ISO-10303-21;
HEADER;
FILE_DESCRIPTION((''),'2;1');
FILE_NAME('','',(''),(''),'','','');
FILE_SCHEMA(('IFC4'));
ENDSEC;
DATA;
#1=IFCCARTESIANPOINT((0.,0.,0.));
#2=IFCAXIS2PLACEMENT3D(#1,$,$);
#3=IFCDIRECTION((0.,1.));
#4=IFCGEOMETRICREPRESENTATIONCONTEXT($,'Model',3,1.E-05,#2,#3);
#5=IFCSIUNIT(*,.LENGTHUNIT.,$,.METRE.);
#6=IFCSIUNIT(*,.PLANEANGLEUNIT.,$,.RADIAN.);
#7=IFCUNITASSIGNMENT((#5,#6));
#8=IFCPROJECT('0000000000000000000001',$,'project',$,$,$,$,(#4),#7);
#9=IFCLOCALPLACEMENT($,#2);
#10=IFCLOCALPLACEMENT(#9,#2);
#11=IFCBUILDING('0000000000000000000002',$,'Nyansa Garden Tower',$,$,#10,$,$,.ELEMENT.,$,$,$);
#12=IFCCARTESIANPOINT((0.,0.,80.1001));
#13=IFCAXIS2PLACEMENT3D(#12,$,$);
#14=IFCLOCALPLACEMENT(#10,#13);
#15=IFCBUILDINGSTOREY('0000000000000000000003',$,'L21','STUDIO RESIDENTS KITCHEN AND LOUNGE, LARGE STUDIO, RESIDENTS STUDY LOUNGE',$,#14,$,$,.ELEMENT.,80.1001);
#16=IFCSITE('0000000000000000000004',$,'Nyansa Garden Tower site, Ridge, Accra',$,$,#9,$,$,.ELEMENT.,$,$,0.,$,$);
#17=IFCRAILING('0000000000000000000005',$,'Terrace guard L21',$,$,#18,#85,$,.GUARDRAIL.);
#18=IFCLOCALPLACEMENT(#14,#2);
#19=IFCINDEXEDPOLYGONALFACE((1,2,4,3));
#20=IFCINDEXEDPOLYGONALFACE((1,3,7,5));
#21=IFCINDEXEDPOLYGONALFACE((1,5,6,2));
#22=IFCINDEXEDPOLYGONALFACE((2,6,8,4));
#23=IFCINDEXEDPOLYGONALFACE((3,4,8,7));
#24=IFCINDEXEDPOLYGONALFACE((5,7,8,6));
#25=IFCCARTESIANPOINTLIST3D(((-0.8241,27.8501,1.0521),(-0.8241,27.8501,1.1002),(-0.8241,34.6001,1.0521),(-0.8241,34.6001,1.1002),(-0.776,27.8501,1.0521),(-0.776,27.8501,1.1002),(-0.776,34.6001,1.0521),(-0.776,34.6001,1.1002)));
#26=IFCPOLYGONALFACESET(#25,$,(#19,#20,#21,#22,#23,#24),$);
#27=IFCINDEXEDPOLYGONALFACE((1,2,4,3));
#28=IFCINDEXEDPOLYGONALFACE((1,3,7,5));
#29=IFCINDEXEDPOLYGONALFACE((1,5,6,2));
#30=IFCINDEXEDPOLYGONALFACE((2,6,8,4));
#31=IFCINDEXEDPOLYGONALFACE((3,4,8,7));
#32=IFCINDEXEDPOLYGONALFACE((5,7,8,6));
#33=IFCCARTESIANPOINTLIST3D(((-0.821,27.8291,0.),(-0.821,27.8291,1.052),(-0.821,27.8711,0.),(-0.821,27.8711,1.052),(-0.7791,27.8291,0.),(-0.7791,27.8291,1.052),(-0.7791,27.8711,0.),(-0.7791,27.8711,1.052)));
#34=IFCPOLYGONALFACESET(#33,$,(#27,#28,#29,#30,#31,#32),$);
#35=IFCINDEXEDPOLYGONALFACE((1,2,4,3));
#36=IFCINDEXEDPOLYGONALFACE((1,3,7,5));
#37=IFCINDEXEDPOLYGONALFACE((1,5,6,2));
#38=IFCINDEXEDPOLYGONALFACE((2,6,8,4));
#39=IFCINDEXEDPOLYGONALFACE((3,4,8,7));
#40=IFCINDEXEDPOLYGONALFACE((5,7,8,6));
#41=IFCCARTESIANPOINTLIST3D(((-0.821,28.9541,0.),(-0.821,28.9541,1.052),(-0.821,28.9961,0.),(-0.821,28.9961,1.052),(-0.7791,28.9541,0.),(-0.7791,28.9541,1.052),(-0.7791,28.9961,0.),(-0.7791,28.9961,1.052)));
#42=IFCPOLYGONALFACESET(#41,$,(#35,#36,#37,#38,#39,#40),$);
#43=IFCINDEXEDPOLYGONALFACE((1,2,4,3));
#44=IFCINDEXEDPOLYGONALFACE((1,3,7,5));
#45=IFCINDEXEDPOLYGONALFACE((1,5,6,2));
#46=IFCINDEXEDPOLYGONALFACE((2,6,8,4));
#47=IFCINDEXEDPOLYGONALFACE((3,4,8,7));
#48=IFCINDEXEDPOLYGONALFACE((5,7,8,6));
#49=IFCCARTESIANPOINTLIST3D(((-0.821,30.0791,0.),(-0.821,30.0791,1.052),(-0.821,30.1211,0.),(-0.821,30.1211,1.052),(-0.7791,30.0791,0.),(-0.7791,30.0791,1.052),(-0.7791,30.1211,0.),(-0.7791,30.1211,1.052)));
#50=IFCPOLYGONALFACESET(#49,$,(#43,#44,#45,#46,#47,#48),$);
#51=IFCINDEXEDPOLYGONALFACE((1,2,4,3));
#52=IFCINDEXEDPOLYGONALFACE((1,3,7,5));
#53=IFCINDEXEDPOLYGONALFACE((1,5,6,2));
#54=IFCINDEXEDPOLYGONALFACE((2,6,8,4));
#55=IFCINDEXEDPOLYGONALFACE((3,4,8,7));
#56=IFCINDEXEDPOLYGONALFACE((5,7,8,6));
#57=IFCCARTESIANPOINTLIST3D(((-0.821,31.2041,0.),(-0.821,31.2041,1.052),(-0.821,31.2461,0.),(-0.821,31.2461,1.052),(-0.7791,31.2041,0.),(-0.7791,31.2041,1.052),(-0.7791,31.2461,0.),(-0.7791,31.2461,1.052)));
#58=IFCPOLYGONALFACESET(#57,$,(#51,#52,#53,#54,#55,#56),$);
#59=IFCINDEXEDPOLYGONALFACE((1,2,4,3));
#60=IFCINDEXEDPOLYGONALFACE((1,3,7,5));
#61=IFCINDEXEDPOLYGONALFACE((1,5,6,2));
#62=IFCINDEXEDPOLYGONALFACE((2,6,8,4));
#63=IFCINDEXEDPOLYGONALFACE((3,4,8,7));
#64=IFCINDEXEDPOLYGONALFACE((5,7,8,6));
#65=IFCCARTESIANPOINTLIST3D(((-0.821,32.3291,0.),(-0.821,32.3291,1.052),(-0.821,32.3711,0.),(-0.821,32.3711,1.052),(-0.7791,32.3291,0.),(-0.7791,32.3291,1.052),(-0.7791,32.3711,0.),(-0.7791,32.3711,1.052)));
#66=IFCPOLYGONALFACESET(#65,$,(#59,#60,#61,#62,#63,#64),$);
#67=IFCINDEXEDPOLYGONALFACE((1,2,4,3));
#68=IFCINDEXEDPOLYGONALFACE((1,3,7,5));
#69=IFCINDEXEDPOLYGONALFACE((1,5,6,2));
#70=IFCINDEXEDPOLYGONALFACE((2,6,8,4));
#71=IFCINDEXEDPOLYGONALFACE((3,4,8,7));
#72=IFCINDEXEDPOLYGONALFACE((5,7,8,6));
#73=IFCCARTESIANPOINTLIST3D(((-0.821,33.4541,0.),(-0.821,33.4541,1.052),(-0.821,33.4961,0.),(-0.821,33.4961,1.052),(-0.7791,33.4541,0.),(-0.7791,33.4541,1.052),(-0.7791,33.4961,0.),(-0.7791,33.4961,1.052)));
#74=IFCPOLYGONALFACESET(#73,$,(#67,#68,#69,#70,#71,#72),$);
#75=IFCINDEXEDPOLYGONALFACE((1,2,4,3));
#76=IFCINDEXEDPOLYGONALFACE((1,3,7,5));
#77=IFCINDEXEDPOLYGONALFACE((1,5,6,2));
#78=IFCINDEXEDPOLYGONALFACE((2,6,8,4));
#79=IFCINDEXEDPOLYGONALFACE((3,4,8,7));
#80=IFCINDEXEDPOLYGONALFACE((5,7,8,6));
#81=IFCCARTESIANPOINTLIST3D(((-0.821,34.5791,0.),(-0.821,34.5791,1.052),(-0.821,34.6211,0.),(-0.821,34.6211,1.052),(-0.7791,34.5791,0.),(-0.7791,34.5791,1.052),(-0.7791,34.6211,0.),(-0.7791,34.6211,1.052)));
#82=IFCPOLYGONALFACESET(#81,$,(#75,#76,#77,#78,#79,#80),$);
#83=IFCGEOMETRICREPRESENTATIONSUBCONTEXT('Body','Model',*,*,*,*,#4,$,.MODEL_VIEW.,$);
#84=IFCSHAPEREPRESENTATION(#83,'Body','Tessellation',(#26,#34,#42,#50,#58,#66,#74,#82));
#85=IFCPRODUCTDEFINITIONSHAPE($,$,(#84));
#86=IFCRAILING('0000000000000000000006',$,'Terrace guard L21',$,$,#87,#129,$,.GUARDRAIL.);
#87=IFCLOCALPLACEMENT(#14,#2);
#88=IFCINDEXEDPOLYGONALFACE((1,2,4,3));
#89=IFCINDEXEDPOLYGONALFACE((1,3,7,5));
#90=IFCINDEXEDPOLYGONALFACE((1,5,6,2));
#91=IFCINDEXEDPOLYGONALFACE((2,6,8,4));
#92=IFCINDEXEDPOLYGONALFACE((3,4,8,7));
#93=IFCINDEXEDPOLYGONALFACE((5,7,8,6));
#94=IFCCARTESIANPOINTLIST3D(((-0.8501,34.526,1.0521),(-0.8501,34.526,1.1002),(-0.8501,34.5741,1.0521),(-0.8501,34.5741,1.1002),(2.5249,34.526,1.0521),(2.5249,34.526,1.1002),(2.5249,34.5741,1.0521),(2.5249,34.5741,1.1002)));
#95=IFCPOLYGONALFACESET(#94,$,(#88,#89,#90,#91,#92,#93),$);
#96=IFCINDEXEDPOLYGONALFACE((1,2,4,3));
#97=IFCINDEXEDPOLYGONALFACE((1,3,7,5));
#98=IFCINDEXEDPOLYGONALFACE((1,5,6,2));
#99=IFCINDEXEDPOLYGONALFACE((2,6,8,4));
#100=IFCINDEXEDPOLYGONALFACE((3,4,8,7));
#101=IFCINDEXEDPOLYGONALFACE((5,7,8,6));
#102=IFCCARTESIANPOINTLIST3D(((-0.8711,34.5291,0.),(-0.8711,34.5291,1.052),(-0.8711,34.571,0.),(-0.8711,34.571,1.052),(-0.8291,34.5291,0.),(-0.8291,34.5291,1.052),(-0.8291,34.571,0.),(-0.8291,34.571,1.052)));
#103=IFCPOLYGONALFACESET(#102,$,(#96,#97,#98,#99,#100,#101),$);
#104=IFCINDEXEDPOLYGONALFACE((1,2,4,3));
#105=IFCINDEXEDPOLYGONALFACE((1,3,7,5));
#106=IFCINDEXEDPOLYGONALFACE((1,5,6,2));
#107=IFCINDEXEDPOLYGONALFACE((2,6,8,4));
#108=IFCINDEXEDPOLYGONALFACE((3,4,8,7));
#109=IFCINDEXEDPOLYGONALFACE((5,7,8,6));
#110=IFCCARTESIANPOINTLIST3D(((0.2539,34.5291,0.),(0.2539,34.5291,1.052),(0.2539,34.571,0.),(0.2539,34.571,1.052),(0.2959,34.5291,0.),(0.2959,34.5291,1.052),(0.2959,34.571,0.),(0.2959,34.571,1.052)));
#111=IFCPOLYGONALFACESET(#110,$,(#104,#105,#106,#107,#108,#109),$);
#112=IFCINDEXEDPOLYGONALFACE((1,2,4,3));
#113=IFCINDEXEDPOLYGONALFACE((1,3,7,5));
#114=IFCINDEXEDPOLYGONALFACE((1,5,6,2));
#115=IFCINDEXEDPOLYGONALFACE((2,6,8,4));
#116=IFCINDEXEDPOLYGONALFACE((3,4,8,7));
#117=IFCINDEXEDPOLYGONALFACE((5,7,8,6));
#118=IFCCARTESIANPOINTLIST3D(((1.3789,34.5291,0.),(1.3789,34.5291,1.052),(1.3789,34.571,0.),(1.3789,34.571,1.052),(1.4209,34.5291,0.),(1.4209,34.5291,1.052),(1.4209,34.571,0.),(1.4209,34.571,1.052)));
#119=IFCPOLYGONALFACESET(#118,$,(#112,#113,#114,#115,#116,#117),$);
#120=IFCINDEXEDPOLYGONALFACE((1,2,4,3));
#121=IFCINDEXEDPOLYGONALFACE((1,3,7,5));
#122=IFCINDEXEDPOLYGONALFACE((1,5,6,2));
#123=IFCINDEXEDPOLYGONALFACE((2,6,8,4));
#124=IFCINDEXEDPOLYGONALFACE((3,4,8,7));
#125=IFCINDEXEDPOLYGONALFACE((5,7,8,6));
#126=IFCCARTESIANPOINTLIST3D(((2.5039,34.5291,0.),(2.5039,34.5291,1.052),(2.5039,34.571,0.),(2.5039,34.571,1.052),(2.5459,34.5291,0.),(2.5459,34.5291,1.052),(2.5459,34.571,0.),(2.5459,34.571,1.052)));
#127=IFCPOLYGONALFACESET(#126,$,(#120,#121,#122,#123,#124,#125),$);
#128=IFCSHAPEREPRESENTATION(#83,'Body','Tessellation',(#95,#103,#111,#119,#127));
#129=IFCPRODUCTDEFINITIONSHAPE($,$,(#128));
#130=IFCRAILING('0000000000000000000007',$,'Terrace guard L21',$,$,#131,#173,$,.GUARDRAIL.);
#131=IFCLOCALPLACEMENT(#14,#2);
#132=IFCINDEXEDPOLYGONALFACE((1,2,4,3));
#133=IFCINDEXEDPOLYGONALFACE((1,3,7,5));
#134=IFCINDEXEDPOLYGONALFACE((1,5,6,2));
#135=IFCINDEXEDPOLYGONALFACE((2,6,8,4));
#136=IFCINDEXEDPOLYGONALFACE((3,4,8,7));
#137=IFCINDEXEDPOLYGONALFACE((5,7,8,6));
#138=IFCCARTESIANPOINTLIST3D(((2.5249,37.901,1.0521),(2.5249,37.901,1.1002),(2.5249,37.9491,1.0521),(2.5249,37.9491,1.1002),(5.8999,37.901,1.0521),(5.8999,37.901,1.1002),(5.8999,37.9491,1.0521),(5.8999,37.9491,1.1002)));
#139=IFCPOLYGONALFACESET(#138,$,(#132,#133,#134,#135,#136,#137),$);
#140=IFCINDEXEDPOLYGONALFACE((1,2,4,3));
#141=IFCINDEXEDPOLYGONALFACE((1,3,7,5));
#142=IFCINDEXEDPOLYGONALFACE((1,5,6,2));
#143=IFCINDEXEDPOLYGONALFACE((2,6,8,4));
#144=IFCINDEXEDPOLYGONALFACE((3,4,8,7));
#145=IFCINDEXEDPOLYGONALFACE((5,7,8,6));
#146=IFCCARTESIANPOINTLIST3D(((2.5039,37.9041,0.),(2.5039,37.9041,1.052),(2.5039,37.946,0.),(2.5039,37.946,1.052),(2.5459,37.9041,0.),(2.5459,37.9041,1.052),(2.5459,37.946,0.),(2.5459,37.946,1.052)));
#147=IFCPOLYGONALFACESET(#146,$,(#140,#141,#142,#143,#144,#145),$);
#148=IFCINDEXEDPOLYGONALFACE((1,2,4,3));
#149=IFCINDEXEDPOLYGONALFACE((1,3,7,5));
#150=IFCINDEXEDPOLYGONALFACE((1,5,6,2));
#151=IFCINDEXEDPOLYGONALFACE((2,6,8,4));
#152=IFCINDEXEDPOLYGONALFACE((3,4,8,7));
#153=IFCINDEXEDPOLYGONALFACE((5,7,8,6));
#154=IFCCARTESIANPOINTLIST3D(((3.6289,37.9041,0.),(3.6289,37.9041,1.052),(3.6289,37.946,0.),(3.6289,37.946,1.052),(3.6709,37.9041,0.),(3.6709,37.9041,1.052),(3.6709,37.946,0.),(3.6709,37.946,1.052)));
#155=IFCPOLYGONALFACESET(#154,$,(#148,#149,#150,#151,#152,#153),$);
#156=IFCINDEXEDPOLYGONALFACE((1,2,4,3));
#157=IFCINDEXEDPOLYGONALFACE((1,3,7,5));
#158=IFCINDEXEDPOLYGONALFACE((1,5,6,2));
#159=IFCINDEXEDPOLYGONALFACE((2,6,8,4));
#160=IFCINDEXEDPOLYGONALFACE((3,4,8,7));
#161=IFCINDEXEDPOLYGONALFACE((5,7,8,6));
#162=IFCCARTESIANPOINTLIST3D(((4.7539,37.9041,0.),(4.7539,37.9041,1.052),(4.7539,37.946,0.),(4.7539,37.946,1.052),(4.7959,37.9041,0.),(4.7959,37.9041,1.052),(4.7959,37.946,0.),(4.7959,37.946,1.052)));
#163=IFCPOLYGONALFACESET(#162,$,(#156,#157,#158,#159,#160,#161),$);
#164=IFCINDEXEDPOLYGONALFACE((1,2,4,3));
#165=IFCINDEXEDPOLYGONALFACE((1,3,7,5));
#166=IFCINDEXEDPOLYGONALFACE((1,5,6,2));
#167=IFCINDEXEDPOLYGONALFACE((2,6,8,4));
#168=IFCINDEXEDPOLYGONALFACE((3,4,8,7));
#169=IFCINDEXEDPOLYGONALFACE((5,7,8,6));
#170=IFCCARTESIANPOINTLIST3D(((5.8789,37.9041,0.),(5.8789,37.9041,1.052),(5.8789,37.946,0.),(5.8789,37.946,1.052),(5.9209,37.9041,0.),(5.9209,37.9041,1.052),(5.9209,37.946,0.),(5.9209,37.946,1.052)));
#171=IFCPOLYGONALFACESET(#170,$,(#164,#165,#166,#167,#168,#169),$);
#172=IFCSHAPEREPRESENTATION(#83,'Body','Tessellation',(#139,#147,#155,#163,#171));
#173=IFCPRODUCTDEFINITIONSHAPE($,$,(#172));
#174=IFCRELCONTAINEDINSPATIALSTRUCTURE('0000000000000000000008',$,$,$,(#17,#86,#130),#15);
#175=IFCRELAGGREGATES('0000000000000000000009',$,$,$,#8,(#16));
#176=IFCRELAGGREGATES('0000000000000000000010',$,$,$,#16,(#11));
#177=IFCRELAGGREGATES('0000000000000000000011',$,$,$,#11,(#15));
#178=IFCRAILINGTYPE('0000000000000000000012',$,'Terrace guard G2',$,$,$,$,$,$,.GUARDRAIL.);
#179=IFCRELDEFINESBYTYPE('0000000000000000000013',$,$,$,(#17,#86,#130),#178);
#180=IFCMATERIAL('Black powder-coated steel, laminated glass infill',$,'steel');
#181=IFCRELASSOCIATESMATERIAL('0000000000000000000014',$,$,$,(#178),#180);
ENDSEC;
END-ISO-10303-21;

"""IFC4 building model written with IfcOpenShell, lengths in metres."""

from ifc_helpers import new_model, si_unit, direction, frame, origin, origin_2d, place, context, subcontext, project, spatial, rectangle, extrude, material, type_object, element, save


model = new_model("IFC4")

# Units and contexts
model_context = context("Model", 3, precision=1e-05, world=origin(), true_north=direction((0.0, 1.0)))
body_context = subcontext(model_context, "Body", "Model", "MODEL_VIEW")
ifc_project = project(units=[si_unit("LENGTHUNIT", "METRE"), si_unit("PLANEANGLEUNIT", "RADIAN")], contexts=[model_context])

# Site, building, storey
site_placement = place(None, origin())
site = spatial("IfcSite", under=ifc_project, at=site_placement, Name="Nyansa Garden Tower site, Ridge, Accra", CompositionType="ELEMENT", RefElevation=0.0)
building_placement = place(site_placement, origin())
building = spatial("IfcBuilding", under=site, at=building_placement, Name="Nyansa Garden Tower", CompositionType="ELEMENT")
storey_placement = place(building_placement, frame((0.0, 0.0, 80.1001)))
storey = spatial("IfcBuildingStorey", under=building, at=storey_placement, Name="L21", Description="STUDIO RESIDENTS KITCHEN AND LOUNGE, LARGE STUDIO, RESIDENTS STUDY LOUNGE", CompositionType="ELEMENT", Elevation=80.1001)

# Railings
ifc_material_1 = material(Name="Black powder-coated steel, laminated glass infill", Category="steel")
railing_type = type_object("IfcRailingType", Name="Terrace guard G2", PredefinedType="GUARDRAIL", material=ifc_material_1)
railing_1_placement = place(storey_placement, frame((-0.8, 27.8501, 0.0)))
element("IfcRailing", 1, at=railing_1_placement, inside=storey, type_object=railing_type, Name="Terrace guard L21", PredefinedType="GUARDRAIL", context=body_context, shape_type="SweptSolid", body=[
    extrude(rectangle(XDim=0.0481, YDim=0.0481, at=origin_2d()), frame((0.0, 0.0, 1.0762), z_axis=(0.0, 1.0, 0.0), x_axis=(-1.0, 0.0, 0.0)), (0.0, 0.0, 1.0), 6.75),
    extrude(rectangle(XDim=0.042, YDim=0.042, at=origin_2d()), origin(), (0.0, 0.0, 1.0), 1.052),
    extrude(rectangle(XDim=0.042, YDim=0.042, at=origin_2d()), frame((0.0, 1.125, 0.0)), (0.0, 0.0, 1.0), 1.052),
    extrude(rectangle(XDim=0.042, YDim=0.042, at=origin_2d()), frame((0.0, 2.25, 0.0)), (0.0, 0.0, 1.0), 1.052),
    extrude(rectangle(XDim=0.042, YDim=0.042, at=origin_2d()), frame((0.0, 3.375, 0.0)), (0.0, 0.0, 1.0), 1.052),
    extrude(rectangle(XDim=0.042, YDim=0.042, at=origin_2d()), frame((0.0, 4.5, 0.0)), (0.0, 0.0, 1.0), 1.052),
    extrude(rectangle(XDim=0.042, YDim=0.042, at=origin_2d()), frame((0.0, 5.625, 0.0)), (0.0, 0.0, 1.0), 1.052),
    extrude(rectangle(XDim=0.042, YDim=0.042, at=origin_2d()), frame((0.0, 6.75, 0.0)), (0.0, 0.0, 1.0), 1.052),
])
for number, where, name in (
    (2, (-0.8501, 34.55, 0.0), "Terrace guard L21"),
    (3, (2.5249, 37.925, 0.0), "Terrace guard L21"),
):
    element("IfcRailing", number, at=place(storey_placement, frame(where)), inside=storey, type_object=railing_type, Name=name, PredefinedType="GUARDRAIL", context=body_context, shape_type="SweptSolid", body=[
        extrude(rectangle(XDim=0.0481, YDim=0.0481, at=origin_2d()), frame((0.0, 0.0, 1.0762), z_axis=(1.0, 0.0, 0.0), x_axis=(0.0, 1.0, 0.0)), (0.0, 0.0, 1.0), 3.375),
        extrude(rectangle(XDim=0.042, YDim=0.042, at=origin_2d()), origin(), (0.0, 0.0, 1.0), 1.052),
        extrude(rectangle(XDim=0.042, YDim=0.042, at=origin_2d()), frame((1.125, 0.0, 0.0)), (0.0, 0.0, 1.0), 1.052),
        extrude(rectangle(XDim=0.042, YDim=0.042, at=origin_2d()), frame((2.25, 0.0, 0.0)), (0.0, 0.0, 1.0), 1.052),
        extrude(rectangle(XDim=0.042, YDim=0.042, at=origin_2d()), frame((3.375, 0.0, 0.0)), (0.0, 0.0, 1.0), 1.052),
    ])

save(model, "model.ifc")
